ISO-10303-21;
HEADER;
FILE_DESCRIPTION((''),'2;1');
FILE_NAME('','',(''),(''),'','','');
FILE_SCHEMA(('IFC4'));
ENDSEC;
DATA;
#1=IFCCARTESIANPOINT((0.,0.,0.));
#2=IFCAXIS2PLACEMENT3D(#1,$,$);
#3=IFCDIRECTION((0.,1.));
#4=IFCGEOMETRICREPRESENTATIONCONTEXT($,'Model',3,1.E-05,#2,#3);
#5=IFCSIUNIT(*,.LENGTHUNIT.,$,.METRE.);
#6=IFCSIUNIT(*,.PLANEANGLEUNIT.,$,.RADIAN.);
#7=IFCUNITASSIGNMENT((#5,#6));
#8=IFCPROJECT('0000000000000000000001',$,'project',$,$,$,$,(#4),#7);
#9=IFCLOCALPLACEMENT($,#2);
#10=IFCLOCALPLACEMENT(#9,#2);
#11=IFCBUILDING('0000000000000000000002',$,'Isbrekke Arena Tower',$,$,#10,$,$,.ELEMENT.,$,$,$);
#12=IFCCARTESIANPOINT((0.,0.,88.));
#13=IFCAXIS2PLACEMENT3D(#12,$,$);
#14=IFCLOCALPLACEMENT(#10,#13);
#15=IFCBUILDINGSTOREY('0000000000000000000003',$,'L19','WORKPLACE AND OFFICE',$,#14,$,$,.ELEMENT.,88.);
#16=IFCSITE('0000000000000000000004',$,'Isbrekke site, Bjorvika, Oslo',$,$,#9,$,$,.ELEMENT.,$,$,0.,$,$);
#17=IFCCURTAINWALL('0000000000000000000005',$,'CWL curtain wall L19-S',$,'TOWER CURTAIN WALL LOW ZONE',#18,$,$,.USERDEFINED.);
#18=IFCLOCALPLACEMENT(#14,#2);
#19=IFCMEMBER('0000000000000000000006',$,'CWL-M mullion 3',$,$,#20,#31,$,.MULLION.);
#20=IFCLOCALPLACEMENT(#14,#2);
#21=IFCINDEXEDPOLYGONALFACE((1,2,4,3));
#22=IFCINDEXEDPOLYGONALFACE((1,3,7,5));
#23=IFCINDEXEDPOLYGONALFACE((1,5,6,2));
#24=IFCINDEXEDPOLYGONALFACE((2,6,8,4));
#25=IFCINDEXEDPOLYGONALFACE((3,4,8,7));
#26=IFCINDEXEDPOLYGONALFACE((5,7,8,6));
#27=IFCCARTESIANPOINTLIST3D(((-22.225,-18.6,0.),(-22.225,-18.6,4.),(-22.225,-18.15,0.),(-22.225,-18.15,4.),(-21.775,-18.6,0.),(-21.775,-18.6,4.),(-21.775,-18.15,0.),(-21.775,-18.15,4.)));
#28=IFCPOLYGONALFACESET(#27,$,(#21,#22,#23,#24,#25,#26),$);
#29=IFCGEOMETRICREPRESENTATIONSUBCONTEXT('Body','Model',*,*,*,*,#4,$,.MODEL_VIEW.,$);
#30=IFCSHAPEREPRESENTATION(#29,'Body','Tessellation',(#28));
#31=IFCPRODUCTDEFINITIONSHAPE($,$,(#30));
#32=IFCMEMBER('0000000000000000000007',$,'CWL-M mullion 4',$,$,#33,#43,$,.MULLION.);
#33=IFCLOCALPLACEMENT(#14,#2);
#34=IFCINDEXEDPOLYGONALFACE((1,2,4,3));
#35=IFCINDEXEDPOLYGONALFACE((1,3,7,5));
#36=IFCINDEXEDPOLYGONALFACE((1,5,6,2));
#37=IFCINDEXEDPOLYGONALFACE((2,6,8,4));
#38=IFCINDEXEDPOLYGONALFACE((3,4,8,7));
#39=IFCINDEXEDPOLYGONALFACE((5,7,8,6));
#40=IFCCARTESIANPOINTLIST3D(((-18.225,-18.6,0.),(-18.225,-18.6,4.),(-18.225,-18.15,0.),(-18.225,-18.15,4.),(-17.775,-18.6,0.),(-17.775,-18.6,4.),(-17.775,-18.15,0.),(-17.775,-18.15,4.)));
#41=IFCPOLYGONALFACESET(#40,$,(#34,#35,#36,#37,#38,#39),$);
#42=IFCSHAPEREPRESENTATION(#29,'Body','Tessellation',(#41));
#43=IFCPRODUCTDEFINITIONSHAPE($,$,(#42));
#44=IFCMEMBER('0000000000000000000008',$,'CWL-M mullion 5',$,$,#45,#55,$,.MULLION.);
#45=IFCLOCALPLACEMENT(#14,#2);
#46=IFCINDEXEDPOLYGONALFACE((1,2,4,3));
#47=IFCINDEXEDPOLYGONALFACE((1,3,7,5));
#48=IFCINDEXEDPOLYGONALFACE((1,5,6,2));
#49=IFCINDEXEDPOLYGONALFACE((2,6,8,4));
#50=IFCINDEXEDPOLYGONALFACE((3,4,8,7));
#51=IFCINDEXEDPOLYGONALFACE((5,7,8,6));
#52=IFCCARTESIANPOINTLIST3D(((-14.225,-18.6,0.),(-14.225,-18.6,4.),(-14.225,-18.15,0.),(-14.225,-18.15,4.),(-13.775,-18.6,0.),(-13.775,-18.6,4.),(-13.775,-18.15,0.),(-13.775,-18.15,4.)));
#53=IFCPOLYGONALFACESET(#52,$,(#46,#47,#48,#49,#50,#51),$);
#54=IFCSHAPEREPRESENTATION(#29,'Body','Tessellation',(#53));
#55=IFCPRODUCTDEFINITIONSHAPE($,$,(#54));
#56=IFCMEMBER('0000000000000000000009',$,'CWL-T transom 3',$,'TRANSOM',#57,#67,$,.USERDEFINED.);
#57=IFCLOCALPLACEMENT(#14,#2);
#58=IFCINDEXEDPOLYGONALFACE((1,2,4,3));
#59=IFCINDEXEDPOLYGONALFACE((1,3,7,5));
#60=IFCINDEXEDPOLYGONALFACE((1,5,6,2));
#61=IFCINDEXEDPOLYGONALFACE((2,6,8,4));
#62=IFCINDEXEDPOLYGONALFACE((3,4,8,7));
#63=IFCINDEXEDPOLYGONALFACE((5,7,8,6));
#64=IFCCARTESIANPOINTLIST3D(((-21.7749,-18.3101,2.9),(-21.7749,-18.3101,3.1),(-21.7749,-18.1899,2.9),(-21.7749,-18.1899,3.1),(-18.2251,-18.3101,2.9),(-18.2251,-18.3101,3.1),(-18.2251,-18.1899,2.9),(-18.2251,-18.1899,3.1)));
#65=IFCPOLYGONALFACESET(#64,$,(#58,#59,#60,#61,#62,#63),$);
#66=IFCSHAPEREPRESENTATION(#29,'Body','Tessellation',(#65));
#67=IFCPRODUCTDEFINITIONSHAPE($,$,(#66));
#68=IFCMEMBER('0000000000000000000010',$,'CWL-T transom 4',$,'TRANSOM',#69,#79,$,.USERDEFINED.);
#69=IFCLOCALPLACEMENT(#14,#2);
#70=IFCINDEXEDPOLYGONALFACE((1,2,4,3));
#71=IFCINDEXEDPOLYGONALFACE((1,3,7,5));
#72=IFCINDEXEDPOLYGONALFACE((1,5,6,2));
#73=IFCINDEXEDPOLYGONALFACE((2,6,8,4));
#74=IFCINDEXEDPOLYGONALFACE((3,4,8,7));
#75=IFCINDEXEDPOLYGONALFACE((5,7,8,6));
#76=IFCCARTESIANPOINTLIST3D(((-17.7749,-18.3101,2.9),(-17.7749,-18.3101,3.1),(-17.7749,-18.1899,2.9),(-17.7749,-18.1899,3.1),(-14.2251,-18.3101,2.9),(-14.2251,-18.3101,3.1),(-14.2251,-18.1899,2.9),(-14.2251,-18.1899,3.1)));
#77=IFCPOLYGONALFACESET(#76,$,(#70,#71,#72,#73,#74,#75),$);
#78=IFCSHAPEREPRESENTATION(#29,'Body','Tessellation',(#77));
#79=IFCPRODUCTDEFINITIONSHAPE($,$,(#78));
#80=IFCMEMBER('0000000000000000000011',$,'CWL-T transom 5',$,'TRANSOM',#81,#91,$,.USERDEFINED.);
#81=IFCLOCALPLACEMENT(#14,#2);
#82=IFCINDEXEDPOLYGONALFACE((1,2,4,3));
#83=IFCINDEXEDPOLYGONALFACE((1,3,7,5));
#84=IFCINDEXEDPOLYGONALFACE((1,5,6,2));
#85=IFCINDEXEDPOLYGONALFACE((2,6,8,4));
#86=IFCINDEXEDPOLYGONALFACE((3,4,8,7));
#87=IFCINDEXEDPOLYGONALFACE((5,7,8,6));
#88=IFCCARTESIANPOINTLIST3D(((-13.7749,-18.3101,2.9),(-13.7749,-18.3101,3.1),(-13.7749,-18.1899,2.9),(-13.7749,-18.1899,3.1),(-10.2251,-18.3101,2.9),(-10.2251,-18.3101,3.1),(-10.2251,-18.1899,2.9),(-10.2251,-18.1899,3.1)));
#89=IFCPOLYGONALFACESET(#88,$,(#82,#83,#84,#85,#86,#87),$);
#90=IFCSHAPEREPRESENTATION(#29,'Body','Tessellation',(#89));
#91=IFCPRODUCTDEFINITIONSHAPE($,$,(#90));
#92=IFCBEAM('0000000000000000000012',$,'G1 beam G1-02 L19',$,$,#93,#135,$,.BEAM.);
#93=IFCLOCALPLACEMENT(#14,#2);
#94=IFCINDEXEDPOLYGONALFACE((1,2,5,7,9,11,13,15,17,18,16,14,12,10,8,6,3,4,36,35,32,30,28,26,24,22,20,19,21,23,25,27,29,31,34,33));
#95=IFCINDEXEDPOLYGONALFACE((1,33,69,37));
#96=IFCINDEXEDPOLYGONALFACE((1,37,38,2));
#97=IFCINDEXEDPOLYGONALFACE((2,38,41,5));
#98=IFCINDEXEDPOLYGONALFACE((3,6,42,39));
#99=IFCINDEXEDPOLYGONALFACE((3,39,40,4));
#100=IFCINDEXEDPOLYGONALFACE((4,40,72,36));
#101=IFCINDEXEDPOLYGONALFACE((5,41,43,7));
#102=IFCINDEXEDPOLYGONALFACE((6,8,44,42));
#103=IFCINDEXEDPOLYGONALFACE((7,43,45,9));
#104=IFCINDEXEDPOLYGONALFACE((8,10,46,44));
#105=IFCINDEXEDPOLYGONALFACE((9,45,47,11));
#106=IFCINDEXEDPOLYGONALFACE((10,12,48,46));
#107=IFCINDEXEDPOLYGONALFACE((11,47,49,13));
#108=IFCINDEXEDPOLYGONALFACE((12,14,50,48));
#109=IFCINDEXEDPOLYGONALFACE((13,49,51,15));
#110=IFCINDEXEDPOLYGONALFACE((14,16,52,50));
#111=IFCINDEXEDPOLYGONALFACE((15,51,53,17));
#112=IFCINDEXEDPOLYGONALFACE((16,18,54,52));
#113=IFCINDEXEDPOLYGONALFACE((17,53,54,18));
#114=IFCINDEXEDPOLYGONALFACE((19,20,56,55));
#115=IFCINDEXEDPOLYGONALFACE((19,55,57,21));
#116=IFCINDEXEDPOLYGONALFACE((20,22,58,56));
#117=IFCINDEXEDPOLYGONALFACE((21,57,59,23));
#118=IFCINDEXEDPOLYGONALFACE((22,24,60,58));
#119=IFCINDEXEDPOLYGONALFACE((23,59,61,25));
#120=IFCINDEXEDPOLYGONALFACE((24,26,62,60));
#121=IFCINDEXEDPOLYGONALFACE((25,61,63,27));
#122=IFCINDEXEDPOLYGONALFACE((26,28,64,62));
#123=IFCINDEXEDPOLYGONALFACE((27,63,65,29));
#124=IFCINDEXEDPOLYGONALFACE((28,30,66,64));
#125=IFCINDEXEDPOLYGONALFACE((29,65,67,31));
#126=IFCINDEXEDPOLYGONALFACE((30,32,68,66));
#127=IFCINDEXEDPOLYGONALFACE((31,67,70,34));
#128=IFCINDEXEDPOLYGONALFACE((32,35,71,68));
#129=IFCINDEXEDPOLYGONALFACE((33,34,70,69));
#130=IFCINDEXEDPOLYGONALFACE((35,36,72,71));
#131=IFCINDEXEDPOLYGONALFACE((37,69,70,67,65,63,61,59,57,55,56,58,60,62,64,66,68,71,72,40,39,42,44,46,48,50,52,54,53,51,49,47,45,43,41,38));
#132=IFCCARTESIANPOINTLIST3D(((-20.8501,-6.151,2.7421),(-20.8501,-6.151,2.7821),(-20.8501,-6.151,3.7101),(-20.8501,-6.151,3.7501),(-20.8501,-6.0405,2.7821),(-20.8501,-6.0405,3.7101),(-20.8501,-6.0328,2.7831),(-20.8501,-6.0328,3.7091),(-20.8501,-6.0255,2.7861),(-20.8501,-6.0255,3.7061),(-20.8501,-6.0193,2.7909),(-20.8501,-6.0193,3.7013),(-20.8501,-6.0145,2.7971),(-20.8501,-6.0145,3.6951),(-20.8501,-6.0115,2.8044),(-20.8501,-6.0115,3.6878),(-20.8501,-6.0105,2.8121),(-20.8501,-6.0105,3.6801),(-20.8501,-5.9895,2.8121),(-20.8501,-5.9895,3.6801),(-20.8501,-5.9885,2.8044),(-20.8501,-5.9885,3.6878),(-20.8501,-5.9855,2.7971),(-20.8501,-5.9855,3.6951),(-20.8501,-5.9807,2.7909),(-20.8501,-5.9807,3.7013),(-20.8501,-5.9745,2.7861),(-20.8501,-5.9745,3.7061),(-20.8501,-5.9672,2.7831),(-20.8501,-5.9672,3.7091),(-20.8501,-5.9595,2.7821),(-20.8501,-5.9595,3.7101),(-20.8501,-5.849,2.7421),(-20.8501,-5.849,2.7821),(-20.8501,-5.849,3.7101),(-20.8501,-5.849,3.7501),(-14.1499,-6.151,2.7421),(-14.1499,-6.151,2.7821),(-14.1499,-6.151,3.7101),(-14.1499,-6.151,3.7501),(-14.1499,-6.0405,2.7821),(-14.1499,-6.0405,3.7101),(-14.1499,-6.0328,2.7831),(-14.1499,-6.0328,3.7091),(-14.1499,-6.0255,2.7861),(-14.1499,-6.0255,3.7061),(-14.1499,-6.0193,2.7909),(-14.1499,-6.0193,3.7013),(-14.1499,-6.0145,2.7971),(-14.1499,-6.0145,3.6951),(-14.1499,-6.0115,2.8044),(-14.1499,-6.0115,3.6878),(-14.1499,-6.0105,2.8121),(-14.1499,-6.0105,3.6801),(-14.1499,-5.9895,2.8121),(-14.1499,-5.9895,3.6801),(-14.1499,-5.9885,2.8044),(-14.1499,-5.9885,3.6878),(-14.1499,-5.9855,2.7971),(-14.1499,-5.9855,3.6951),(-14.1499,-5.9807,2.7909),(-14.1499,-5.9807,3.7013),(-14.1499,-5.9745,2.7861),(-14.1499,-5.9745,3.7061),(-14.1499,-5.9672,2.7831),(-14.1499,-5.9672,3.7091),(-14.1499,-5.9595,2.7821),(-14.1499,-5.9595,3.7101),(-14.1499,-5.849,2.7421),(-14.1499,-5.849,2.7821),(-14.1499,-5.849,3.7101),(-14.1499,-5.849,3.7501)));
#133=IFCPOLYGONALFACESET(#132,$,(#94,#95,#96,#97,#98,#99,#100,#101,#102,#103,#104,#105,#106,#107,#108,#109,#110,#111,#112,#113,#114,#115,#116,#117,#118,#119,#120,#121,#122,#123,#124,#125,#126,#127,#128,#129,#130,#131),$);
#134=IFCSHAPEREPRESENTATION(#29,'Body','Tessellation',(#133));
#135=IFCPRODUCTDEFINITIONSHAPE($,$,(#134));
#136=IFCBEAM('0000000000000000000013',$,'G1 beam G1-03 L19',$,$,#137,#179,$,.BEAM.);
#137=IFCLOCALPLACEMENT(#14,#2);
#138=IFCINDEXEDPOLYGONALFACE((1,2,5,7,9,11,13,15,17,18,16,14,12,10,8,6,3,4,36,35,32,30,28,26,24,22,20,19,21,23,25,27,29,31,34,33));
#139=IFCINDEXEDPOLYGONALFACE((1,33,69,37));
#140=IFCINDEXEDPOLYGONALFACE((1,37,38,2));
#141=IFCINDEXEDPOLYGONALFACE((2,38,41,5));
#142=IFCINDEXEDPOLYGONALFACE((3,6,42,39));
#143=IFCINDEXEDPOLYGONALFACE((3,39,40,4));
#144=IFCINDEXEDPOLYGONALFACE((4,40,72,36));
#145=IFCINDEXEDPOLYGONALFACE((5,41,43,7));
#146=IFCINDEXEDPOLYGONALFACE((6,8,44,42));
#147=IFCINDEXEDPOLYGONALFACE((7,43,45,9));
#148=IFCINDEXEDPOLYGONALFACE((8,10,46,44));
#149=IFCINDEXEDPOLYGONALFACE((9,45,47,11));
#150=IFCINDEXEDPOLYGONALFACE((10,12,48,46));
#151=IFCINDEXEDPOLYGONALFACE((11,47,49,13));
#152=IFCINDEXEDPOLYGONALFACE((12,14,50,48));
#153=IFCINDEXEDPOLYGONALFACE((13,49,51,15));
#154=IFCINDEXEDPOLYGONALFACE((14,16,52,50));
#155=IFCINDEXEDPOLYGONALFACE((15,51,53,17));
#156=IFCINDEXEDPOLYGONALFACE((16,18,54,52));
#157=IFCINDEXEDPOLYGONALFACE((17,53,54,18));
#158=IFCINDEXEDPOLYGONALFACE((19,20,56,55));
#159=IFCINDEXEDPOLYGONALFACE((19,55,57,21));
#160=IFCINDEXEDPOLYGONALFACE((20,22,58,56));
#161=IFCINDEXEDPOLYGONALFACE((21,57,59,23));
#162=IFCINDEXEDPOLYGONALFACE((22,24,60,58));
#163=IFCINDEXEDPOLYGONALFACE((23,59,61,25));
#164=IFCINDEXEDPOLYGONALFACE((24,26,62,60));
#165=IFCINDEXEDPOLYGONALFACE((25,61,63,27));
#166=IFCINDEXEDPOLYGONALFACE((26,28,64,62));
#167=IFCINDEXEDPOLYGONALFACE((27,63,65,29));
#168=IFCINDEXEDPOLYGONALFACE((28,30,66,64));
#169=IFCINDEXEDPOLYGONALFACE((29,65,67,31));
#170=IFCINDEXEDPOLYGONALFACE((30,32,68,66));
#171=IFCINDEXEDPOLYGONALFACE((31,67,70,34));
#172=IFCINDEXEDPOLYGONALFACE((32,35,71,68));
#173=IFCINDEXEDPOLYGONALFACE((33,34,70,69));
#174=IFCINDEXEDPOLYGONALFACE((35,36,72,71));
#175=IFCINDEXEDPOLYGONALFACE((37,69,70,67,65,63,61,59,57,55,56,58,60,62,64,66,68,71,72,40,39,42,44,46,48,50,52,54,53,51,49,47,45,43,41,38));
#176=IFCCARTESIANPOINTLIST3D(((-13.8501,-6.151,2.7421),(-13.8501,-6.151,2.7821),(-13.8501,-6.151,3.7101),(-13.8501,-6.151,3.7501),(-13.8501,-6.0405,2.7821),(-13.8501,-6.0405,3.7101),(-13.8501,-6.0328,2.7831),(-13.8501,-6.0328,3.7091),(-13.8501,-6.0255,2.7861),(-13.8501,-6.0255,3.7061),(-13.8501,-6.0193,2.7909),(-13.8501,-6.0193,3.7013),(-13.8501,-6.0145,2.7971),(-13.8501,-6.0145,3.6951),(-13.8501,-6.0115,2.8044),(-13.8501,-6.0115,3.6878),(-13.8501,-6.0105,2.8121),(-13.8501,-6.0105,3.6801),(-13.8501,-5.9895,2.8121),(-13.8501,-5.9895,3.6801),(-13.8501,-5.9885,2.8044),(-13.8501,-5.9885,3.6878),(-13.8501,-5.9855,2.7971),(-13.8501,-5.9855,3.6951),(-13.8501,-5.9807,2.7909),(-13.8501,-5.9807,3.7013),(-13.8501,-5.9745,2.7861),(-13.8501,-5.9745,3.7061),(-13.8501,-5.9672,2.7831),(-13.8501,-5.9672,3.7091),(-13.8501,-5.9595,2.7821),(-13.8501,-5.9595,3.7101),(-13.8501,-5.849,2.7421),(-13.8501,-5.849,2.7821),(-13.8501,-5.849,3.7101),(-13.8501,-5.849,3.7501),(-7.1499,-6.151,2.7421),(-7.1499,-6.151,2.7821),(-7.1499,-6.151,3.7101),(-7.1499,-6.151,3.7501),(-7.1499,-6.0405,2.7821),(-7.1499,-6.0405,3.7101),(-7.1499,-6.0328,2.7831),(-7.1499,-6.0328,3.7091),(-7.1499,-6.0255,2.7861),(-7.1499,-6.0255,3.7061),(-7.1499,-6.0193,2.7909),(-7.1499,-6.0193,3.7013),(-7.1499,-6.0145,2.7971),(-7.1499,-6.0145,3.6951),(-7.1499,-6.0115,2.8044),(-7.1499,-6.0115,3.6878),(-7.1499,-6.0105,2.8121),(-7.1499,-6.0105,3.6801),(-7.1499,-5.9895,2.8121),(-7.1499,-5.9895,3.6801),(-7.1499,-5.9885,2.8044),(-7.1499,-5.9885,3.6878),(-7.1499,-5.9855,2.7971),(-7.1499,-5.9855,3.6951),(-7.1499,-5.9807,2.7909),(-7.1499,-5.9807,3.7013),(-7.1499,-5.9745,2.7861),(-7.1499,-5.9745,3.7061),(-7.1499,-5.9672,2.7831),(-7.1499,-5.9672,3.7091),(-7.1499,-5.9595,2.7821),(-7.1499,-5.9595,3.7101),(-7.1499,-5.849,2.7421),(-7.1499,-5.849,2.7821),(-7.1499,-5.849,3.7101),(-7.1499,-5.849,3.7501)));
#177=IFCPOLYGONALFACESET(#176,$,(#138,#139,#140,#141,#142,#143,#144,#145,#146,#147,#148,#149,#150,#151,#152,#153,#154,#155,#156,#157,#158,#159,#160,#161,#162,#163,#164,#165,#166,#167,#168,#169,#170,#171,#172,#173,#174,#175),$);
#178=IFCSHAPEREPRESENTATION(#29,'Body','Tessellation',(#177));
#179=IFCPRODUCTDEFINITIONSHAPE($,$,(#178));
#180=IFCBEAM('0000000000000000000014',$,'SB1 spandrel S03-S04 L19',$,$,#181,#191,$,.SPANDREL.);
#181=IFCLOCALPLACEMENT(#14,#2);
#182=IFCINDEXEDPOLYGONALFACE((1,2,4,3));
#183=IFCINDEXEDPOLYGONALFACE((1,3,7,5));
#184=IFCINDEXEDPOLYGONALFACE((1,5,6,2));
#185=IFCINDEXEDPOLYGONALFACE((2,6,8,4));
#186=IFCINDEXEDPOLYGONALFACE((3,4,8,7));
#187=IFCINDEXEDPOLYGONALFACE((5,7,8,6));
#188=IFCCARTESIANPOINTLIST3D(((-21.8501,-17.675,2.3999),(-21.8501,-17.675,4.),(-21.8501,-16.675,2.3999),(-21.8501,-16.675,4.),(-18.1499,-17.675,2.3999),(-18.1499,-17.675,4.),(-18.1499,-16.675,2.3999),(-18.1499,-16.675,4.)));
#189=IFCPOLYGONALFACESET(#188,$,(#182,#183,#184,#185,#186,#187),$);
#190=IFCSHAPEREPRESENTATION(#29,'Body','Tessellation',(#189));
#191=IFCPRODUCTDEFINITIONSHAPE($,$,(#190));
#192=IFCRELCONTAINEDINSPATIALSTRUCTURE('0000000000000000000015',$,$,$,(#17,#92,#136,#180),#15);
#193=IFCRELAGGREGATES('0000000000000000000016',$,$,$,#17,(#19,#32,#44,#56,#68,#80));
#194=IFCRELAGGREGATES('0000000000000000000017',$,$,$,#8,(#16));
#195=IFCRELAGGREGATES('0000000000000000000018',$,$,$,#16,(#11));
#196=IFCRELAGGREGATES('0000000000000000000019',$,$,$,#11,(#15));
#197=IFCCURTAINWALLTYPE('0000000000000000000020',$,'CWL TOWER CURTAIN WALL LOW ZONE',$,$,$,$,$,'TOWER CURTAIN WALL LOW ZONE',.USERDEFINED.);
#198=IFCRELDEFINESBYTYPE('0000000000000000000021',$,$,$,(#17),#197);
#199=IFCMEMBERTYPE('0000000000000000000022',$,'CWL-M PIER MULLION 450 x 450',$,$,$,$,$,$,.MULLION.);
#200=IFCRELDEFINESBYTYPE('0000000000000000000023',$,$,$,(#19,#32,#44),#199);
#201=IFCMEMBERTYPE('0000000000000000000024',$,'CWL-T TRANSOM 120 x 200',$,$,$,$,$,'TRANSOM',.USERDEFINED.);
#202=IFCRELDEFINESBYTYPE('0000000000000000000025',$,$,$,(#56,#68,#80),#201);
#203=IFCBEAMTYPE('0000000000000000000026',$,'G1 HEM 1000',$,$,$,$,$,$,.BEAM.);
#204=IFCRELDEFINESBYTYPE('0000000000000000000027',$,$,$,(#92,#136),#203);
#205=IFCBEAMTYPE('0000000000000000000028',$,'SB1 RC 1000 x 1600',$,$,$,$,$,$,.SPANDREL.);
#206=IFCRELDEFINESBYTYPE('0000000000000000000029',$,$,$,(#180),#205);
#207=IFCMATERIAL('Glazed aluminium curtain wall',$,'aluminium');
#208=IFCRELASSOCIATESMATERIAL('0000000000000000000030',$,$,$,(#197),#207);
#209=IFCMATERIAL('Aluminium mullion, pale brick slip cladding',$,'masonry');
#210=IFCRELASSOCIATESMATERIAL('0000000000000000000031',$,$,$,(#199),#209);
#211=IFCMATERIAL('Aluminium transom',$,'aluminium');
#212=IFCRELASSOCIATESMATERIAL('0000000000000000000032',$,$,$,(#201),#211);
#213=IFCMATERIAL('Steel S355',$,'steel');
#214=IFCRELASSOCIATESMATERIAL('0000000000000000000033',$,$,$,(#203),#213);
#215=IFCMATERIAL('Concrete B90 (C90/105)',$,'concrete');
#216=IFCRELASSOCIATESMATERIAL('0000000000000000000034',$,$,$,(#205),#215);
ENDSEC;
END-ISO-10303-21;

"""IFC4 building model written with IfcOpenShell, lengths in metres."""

from ifc_helpers import new_model, si_unit, direction, frame, origin, origin_2d, place, context, subcontext, project, spatial, rectangle, i_section, extrude, material, material_profile, profile_set, type_object, element, aggregate, save


model = new_model("IFC4")

# Units and contexts
model_context = context("Model", 3, precision=1e-05, world=origin(), true_north=direction((0.0, 1.0)))
body_context = subcontext(model_context, "Body", "Model", "MODEL_VIEW")
ifc_project = project(units=[si_unit("LENGTHUNIT", "METRE"), si_unit("PLANEANGLEUNIT", "RADIAN")], contexts=[model_context])

# Site, building, storey
site_placement = place(None, origin())
site = spatial("IfcSite", under=ifc_project, at=site_placement, Name="Isbrekke site, Bjorvika, Oslo", CompositionType="ELEMENT", RefElevation=0.0)
building_placement = place(site_placement, origin())
building = spatial("IfcBuilding", under=site, at=building_placement, Name="Isbrekke Arena Tower", CompositionType="ELEMENT")
storey_placement = place(building_placement, frame((0.0, 0.0, 88.0)))
storey = spatial("IfcBuildingStorey", under=building, at=storey_placement, Name="L19", Description="WORKPLACE AND OFFICE", CompositionType="ELEMENT", Elevation=88.0)

# Curtain wall, members
ifc_material_1 = material(Name="Glazed aluminium curtain wall", Category="aluminium")
curtain_wall_type = type_object("IfcCurtainWallType", Name="CWL TOWER CURTAIN WALL LOW ZONE", ElementType="TOWER CURTAIN WALL LOW ZONE", PredefinedType="USERDEFINED", material=ifc_material_1)
curtain_wall_placement = place(storey_placement, origin())
curtain_wall = element("IfcCurtainWall", 1, at=curtain_wall_placement, inside=storey, type_object=curtain_wall_type, Name="CWL curtain wall L19-S", ObjectType="TOWER CURTAIN WALL LOW ZONE", PredefinedType="USERDEFINED")
ifc_material_2 = material(Name="Aluminium mullion, pale brick slip cladding", Category="masonry")
ifc_material_profile_1 = material_profile(ifc_material_2, rectangle(XDim=0.45, YDim=0.45, at=origin_2d()), Name="PIER 450X450")
ifc_profile_set_1 = profile_set([ifc_material_profile_1], Name="Aluminium mullion, pale brick slip cladding")
member_type_1 = type_object("IfcMemberType", Name="CWL-M PIER MULLION 450 x 450", PredefinedType="MULLION", material=ifc_profile_set_1)
member_1_placement = place(storey_placement, frame((-22.0, -18.375, 0.0), z_axis=(0.0, 0.0, 1.0), x_axis=(1.0, 0.0, 0.0)))
member_1 = element("IfcMember", 2, at=member_1_placement, type_object=member_type_1, Name="CWL-M mullion 3", PredefinedType="MULLION", context=body_context, shape_type="SweptSolid", body=[
    extrude(rectangle(XDim=0.45, YDim=0.45, at=origin_2d()), origin(), (0.0, 0.0, 1.0), 4.0),
])
member_2_placement = place(storey_placement, frame((-18.0, -18.375, 0.0), z_axis=(0.0, 0.0, 1.0), x_axis=(1.0, 0.0, 0.0)))
member_2 = element("IfcMember", 3, at=member_2_placement, type_object=member_type_1, Name="CWL-M mullion 4", PredefinedType="MULLION", context=body_context, shape_type="SweptSolid", body=[
    extrude(rectangle(XDim=0.45, YDim=0.45, at=origin_2d()), origin(), (0.0, 0.0, 1.0), 4.0),
])
member_3_placement = place(storey_placement, frame((-14.0, -18.375, 0.0), z_axis=(0.0, 0.0, 1.0), x_axis=(1.0, 0.0, 0.0)))
member_3 = element("IfcMember", 4, at=member_3_placement, type_object=member_type_1, Name="CWL-M mullion 5", PredefinedType="MULLION", context=body_context, shape_type="SweptSolid", body=[
    extrude(rectangle(XDim=0.45, YDim=0.45, at=origin_2d()), origin(), (0.0, 0.0, 1.0), 4.0),
])
ifc_material_3 = material(Name="Aluminium transom", Category="aluminium")
ifc_material_profile_2 = material_profile(ifc_material_3, rectangle(XDim=0.1201, YDim=0.2, at=origin_2d()), Name="TRANSOM 120X200")
ifc_profile_set_2 = profile_set([ifc_material_profile_2], Name="Aluminium transom")
member_type_2 = type_object("IfcMemberType", Name="CWL-T TRANSOM 120 x 200", ElementType="TRANSOM", PredefinedType="USERDEFINED", material=ifc_profile_set_2)
member_4_placement = place(storey_placement, frame((-21.7749, -18.25, 3.0), z_axis=(1.0, 0.0, 0.0), x_axis=(0.0, 1.0, 0.0)))
member_4 = element("IfcMember", 5, at=member_4_placement, type_object=member_type_2, Name="CWL-T transom 3", ObjectType="TRANSOM", PredefinedType="USERDEFINED", context=body_context, shape_type="SweptSolid", body=[
    extrude(rectangle(XDim=0.1201, YDim=0.2, at=origin_2d()), origin(), (0.0, 0.0, 1.0), 3.5498),
])
member_5_placement = place(storey_placement, frame((-17.7749, -18.25, 3.0), z_axis=(1.0, 0.0, 0.0), x_axis=(0.0, 1.0, 0.0)))
member_5 = element("IfcMember", 6, at=member_5_placement, type_object=member_type_2, Name="CWL-T transom 4", ObjectType="TRANSOM", PredefinedType="USERDEFINED", context=body_context, shape_type="SweptSolid", body=[
    extrude(rectangle(XDim=0.1201, YDim=0.2, at=origin_2d()), origin(), (0.0, 0.0, 1.0), 3.5498),
])
member_6_placement = place(storey_placement, frame((-13.7749, -18.25, 3.0), z_axis=(1.0, 0.0, 0.0), x_axis=(0.0, 1.0, 0.0)))
member_6 = element("IfcMember", 7, at=member_6_placement, type_object=member_type_2, Name="CWL-T transom 5", ObjectType="TRANSOM", PredefinedType="USERDEFINED", context=body_context, shape_type="SweptSolid", body=[
    extrude(rectangle(XDim=0.1201, YDim=0.2, at=origin_2d()), origin(), (0.0, 0.0, 1.0), 3.5498),
])

# Beams
ifc_material_4 = material(Name="Steel S355", Category="steel")
ifc_material_profile_3 = material_profile(ifc_material_4, i_section(OverallWidth=0.302, OverallDepth=1.0081, WebThickness=0.021, FlangeThickness=0.04, FilletRadius=0.03, at=origin_2d()), Name="HEM 1000")
ifc_profile_set_3 = profile_set([ifc_material_profile_3], Name="Steel S355")
beam_type_1 = type_object("IfcBeamType", Name="G1 HEM 1000", PredefinedType="BEAM", material=ifc_profile_set_3)
for number, where, z_axis, x_axis, name in (
    (8, (-20.8501, -6.0, 3.2461), (1.0, 0.0, 0.0), (0.0, 1.0, 0.0), "G1 beam G1-02 L19"),
    (9, (-13.8501, -6.0, 3.2461), (1.0, 0.0, 0.0), (0.0, 1.0, 0.0), "G1 beam G1-03 L19"),
):
    element("IfcBeam", number, at=place(storey_placement, frame(where, z_axis=z_axis, x_axis=x_axis)), inside=storey, type_object=beam_type_1, Name=name, PredefinedType="BEAM", context=body_context, shape_type="SweptSolid", body=[
        extrude(i_section(OverallWidth=0.302, OverallDepth=1.0081, WebThickness=0.021, FlangeThickness=0.04, FilletRadius=0.03, at=origin_2d()), origin(), (0.0, 0.0, 1.0), 6.7002),
    ])
ifc_material_5 = material(Name="Concrete B90 (C90/105)", Category="concrete")
ifc_material_profile_4 = material_profile(ifc_material_5, rectangle(XDim=1.0, YDim=1.6001, at=origin_2d()), Name="RC 1000x1600")
ifc_profile_set_4 = profile_set([ifc_material_profile_4], Name="Concrete B90 (C90/105)")
beam_type_2 = type_object("IfcBeamType", Name="SB1 RC 1000 x 1600", PredefinedType="SPANDREL", material=ifc_profile_set_4)
for number, where, z_axis, x_axis, name in (
    (10, (-21.8501, -17.175, 3.2), (1.0, 0.0, 0.0), (0.0, 1.0, 0.0), "SB1 spandrel S03-S04 L19"),
):
    element("IfcBeam", number, at=place(storey_placement, frame(where, z_axis=z_axis, x_axis=x_axis)), inside=storey, type_object=beam_type_2, Name=name, PredefinedType="SPANDREL", context=body_context, shape_type="SweptSolid", body=[
        extrude(rectangle(XDim=1.0, YDim=1.6001, at=origin_2d()), origin(), (0.0, 0.0, 1.0), 3.7002),
    ])

aggregate(curtain_wall, [member_1, member_2, member_3, member_4, member_5, member_6])

save(model, "model.ifc")
